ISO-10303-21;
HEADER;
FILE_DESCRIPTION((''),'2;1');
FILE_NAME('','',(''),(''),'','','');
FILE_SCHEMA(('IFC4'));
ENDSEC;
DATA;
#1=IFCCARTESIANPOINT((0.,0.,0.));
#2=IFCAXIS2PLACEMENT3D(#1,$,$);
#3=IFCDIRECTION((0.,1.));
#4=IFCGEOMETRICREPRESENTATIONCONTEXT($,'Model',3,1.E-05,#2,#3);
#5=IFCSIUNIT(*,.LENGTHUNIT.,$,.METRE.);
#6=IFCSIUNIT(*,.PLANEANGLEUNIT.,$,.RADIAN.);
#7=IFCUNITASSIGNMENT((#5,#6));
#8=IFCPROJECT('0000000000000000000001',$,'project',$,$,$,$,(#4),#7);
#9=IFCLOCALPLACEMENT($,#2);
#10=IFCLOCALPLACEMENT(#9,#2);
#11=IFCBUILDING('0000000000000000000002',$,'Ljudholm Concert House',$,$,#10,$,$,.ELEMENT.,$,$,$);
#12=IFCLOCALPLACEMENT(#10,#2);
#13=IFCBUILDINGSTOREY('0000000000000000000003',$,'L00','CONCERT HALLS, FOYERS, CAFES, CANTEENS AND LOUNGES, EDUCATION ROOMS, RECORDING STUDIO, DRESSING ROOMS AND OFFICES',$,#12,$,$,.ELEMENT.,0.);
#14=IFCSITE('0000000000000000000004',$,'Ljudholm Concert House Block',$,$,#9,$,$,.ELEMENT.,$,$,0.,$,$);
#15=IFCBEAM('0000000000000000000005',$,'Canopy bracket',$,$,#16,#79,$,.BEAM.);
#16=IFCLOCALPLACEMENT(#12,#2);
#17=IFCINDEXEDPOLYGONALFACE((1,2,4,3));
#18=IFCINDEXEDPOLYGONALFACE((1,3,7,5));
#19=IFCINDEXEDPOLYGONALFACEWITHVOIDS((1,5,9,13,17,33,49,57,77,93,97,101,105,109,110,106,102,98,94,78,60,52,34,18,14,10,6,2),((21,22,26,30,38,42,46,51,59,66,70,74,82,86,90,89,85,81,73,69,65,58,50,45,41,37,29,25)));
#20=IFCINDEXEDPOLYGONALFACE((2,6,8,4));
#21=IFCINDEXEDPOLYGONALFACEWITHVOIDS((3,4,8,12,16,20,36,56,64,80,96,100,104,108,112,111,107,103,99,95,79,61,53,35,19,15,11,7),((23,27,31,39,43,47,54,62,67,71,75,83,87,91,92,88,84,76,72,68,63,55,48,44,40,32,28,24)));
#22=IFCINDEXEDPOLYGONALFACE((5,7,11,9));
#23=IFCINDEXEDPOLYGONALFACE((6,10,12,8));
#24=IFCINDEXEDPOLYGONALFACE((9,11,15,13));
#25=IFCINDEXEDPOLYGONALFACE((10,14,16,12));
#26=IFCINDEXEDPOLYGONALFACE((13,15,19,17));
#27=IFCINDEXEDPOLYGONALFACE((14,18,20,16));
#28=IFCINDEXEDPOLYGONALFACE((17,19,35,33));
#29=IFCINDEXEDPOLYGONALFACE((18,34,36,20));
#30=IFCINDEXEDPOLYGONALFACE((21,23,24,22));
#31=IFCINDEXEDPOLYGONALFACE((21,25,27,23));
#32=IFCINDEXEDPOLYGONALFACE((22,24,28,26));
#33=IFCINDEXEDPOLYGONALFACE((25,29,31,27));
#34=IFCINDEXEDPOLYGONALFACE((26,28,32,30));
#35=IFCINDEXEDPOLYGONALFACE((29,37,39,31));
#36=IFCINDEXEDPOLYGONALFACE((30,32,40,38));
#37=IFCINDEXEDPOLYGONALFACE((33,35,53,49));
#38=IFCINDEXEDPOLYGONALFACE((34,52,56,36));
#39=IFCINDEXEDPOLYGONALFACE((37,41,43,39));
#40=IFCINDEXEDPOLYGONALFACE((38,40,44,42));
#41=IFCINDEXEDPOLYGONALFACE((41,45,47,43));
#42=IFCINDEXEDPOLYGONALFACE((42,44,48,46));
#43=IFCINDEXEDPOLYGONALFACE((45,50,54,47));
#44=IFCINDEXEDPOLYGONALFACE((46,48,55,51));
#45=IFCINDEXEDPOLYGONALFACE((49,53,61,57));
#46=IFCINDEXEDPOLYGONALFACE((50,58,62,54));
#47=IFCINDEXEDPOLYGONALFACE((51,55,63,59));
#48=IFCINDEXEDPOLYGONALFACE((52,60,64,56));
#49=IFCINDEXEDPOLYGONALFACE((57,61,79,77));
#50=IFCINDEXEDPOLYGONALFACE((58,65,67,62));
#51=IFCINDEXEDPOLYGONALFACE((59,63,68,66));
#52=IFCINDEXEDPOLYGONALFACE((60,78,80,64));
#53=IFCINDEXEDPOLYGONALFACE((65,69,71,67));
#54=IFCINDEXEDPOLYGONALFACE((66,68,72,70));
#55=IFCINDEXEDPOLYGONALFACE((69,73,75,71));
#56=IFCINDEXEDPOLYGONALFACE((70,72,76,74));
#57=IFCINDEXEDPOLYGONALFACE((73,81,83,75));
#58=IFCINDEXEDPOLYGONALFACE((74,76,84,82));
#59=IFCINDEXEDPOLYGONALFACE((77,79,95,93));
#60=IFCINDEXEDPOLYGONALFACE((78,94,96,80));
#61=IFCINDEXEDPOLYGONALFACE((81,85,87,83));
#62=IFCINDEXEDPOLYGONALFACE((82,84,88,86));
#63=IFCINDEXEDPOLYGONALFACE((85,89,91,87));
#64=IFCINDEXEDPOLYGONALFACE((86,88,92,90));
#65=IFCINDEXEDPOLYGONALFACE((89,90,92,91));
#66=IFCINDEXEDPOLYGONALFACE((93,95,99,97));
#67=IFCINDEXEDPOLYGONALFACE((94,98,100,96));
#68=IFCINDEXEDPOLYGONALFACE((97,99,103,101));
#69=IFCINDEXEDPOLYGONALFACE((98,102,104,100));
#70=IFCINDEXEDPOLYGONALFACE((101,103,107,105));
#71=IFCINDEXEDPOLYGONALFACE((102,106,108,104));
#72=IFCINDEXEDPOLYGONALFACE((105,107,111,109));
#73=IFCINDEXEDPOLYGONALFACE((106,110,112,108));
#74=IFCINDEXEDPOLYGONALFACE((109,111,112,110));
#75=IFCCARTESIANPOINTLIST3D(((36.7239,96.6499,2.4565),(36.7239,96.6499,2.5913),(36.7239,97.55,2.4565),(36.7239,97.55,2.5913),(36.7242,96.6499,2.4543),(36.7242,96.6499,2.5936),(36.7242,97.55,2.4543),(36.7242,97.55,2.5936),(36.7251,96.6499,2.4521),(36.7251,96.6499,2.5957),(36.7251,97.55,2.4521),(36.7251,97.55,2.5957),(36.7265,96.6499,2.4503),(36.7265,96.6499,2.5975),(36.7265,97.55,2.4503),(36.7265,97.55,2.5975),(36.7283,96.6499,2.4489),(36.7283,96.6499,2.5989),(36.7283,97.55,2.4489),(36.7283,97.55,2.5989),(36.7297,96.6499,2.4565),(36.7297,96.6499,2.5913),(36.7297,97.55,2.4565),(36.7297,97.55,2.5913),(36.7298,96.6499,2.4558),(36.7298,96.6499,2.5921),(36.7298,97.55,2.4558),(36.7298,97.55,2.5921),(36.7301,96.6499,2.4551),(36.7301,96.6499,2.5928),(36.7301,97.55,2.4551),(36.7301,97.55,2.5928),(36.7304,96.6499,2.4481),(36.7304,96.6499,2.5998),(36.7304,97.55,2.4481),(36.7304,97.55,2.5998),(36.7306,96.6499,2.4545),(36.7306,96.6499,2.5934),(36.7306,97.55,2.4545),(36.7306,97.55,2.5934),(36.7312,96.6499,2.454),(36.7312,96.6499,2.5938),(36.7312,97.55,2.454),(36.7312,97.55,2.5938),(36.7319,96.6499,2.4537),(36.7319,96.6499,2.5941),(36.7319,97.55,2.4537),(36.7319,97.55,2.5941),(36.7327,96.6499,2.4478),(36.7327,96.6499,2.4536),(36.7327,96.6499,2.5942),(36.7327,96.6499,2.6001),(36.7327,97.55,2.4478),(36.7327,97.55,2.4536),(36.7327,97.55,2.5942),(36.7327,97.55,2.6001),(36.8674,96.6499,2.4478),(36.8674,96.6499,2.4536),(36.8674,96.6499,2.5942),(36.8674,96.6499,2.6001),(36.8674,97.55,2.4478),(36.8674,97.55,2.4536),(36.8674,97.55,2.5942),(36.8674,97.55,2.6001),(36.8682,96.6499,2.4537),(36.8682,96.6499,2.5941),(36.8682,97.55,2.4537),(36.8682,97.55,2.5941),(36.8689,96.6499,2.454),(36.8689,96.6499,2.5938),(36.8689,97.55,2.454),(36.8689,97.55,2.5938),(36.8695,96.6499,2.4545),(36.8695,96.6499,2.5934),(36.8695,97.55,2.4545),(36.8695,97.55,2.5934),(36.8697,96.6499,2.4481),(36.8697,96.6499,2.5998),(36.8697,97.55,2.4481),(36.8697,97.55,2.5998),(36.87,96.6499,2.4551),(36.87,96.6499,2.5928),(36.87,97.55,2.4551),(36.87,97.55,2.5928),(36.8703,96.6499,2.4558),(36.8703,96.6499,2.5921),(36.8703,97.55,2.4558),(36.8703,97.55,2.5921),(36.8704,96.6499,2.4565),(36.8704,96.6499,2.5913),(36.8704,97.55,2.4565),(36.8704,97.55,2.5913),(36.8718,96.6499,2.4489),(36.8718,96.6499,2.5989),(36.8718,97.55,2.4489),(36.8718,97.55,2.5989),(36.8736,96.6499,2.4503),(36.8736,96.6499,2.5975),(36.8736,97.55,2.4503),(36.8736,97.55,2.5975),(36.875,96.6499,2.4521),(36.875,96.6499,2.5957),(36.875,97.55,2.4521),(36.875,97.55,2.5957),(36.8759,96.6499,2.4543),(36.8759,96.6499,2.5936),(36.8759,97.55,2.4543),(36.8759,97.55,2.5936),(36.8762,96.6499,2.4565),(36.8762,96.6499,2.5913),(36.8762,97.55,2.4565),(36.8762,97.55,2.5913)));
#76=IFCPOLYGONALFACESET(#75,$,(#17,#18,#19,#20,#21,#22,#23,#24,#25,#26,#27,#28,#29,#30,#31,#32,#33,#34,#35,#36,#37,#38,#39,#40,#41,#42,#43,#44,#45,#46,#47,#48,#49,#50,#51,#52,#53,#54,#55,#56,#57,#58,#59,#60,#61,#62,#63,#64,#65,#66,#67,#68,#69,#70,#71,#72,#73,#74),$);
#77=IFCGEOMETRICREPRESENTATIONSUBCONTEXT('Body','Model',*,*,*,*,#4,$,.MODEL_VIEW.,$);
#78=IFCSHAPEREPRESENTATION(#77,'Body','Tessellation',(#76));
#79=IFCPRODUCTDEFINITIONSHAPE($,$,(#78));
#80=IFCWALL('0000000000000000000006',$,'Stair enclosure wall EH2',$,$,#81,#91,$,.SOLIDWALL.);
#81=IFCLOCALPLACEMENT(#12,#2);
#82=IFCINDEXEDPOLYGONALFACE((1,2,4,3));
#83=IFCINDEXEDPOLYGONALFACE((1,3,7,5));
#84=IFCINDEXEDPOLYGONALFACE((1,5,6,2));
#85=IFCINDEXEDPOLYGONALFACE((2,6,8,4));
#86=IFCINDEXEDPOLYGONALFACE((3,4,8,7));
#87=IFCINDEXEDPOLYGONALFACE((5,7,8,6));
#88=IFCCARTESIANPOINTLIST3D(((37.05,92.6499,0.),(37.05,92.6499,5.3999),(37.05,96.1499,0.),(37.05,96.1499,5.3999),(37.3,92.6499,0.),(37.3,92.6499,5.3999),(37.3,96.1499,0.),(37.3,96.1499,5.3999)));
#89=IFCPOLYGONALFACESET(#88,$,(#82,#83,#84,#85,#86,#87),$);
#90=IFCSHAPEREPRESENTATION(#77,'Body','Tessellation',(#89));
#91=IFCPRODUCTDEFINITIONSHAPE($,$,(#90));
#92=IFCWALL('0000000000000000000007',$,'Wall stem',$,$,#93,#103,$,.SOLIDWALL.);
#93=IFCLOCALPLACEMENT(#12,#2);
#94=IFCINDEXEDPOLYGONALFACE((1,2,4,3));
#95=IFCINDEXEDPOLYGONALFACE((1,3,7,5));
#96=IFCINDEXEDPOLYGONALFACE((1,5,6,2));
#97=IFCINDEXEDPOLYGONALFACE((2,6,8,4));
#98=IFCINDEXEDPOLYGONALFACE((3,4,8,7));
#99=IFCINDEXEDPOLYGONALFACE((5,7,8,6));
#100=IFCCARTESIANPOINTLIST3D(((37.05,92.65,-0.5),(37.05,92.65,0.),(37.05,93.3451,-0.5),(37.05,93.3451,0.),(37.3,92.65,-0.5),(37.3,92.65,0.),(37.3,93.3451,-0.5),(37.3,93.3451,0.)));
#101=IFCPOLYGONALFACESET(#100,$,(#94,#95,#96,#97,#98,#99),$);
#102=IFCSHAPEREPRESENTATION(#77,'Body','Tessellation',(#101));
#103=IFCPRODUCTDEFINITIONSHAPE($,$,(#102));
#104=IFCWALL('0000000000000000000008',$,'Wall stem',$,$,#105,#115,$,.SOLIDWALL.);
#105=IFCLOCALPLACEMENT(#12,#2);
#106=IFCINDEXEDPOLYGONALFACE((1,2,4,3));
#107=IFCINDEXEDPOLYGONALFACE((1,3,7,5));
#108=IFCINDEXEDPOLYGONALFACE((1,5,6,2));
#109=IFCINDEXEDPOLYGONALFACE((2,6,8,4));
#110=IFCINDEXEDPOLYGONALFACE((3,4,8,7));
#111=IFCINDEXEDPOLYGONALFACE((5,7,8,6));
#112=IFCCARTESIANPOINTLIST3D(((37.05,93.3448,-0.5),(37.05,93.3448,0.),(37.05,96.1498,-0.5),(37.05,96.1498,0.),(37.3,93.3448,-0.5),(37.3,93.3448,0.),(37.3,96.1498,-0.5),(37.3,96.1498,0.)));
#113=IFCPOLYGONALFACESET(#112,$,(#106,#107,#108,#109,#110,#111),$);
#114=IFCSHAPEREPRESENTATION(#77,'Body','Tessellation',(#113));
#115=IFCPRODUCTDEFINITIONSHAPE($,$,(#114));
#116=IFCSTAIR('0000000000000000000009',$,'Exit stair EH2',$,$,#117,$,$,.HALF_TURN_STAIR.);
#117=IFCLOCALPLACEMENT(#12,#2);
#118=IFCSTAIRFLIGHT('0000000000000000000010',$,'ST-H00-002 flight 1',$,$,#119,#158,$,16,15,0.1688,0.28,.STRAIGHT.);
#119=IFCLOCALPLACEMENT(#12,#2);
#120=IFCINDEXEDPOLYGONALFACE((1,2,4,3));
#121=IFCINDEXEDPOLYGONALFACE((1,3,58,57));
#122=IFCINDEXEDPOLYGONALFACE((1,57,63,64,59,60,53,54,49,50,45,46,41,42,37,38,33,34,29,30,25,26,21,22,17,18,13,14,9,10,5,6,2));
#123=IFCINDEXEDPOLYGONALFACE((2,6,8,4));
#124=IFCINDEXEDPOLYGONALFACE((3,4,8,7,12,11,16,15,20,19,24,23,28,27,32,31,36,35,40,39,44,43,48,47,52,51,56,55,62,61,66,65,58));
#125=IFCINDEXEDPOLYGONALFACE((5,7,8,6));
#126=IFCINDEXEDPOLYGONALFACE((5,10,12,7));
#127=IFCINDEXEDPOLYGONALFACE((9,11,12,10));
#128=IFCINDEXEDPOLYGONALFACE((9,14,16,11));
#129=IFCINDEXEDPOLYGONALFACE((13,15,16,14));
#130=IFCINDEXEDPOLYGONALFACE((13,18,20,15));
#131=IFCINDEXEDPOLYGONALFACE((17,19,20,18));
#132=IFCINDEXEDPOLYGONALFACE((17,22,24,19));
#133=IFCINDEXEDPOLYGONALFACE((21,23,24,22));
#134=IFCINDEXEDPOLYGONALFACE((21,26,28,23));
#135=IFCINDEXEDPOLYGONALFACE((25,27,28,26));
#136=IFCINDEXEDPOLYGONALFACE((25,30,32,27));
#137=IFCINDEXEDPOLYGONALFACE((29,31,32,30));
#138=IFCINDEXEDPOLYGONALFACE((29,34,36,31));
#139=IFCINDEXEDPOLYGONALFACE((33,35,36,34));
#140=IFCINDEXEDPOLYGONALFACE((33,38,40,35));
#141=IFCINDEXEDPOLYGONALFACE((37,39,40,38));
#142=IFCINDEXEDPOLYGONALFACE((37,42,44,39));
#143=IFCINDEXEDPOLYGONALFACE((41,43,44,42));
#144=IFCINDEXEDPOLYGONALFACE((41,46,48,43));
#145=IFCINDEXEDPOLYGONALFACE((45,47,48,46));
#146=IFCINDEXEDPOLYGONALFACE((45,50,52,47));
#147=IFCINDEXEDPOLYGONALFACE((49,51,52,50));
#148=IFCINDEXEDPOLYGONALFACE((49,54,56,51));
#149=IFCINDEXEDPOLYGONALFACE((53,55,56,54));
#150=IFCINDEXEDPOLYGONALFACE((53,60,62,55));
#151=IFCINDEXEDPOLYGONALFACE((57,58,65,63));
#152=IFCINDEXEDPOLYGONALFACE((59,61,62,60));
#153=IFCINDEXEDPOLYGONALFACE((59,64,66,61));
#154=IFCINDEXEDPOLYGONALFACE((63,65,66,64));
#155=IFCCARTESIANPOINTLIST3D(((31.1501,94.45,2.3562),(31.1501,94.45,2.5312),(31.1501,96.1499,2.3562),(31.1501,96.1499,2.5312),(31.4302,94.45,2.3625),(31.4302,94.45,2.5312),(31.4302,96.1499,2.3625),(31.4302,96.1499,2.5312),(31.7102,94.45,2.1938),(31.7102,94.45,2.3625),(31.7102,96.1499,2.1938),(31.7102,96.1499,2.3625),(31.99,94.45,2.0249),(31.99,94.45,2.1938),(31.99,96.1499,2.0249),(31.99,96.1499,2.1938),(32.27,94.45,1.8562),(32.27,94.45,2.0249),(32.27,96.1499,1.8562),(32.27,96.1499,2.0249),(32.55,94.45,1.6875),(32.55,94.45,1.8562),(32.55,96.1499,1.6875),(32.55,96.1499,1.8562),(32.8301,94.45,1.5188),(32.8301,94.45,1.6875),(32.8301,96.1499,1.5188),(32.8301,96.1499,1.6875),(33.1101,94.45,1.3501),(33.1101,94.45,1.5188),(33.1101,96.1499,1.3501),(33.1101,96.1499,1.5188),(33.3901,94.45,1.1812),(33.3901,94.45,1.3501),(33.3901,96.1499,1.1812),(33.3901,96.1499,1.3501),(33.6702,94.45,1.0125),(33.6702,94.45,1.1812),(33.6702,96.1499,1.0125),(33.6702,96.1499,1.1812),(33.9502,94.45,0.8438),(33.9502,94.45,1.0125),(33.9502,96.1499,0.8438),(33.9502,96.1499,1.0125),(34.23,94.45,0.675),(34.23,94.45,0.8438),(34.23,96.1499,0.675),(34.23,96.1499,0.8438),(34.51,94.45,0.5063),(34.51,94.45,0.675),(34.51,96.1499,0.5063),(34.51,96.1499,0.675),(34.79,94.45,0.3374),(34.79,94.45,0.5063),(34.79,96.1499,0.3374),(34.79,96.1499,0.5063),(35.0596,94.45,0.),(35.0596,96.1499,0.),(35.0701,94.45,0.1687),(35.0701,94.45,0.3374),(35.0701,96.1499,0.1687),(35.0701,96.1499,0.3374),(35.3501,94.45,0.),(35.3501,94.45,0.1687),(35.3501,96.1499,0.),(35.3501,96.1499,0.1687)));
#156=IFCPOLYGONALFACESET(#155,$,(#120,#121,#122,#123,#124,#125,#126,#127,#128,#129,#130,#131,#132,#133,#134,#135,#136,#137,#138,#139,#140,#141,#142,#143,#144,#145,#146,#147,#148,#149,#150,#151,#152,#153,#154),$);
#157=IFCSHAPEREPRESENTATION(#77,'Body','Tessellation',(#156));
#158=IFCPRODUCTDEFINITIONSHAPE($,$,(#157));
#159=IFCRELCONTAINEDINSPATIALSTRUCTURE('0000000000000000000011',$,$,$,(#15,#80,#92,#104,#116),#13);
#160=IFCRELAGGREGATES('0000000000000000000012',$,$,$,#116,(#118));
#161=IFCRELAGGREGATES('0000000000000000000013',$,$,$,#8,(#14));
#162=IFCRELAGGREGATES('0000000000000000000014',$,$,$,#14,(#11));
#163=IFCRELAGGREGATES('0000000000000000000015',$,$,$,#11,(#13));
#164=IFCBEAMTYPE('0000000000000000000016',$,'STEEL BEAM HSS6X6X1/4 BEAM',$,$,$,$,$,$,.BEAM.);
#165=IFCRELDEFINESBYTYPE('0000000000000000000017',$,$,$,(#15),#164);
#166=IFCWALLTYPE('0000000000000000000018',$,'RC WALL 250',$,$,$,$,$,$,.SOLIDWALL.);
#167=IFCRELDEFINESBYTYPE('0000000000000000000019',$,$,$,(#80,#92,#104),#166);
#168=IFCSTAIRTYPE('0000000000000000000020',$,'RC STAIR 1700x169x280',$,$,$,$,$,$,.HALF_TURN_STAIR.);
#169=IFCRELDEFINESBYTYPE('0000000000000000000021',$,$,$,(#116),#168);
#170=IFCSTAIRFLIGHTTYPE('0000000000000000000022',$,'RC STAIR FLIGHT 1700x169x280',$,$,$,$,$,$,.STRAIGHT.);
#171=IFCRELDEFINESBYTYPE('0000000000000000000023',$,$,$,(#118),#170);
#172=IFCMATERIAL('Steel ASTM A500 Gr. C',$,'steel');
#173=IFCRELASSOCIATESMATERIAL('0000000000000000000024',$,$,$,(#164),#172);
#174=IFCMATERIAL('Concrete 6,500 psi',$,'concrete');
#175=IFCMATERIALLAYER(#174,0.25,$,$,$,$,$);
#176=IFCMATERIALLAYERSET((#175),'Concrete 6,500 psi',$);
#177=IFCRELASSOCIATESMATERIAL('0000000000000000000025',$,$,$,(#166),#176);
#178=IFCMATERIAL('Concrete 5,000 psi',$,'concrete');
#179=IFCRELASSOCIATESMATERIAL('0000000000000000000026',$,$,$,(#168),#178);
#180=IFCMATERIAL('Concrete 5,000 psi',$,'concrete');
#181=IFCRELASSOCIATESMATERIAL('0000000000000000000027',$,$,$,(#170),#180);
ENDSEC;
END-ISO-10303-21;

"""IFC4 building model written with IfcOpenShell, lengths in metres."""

from ifc_helpers import new_model, si_unit, direction, frame, frame_2d, origin, origin_2d, place, context, subcontext, project, spatial, polyline, rectangle, hollow_rectangle, outline, extrude, material, layer, layer_set, material_profile, profile_set, type_object, element, aggregate, save


model = new_model("IFC4")

# Units and contexts
model_context = context("Model", 3, precision=1e-05, world=origin(), true_north=direction((0.0, 1.0)))
body_context = subcontext(model_context, "Body", "Model", "MODEL_VIEW")
ifc_project = project(units=[si_unit("LENGTHUNIT", "METRE"), si_unit("PLANEANGLEUNIT", "RADIAN")], contexts=[model_context])

# Site, building, storey
site_placement = place(None, origin())
site = spatial("IfcSite", under=ifc_project, at=site_placement, Name="Ljudholm Concert House Block", CompositionType="ELEMENT", RefElevation=0.0)
building_placement = place(site_placement, origin())
building = spatial("IfcBuilding", under=site, at=building_placement, Name="Ljudholm Concert House", CompositionType="ELEMENT")
storey_placement = place(building_placement, origin())
storey = spatial("IfcBuildingStorey", under=building, at=storey_placement, Name="L00", Description="CONCERT HALLS, FOYERS, CAFES, CANTEENS AND LOUNGES, EDUCATION ROOMS, RECORDING STUDIO, DRESSING ROOMS AND OFFICES", CompositionType="ELEMENT", Elevation=0.0)

# Beam
ifc_material_1 = material(Name="Steel ASTM A500 Gr. C", Category="steel")
ifc_material_profile_1 = material_profile(ifc_material_1, hollow_rectangle(XDim=0.1523, YDim=0.1523, WallThickness=0.0059, InnerFilletRadius=0.0029, OuterFilletRadius=0.0088, at=origin_2d()), Name="HSS6X6X1/4")
ifc_profile_set_1 = profile_set([ifc_material_profile_1], Name="Steel ASTM A500 Gr. C")
beam_type = type_object("IfcBeamType", Name="STEEL BEAM HSS6X6X1/4 BEAM", PredefinedType="BEAM", material=ifc_profile_set_1)
for number, where, z_axis, x_axis, name in (
    (1, (36.8, 96.6499, 2.5239), (0.0, 1.0, 0.0), (-1.0, 0.0, 0.0), "Canopy bracket"),
):
    element("IfcBeam", number, at=place(storey_placement, frame(where, z_axis=z_axis, x_axis=x_axis)), inside=storey, type_object=beam_type, Name=name, PredefinedType="BEAM", context=body_context, shape_type="SweptSolid", body=[
        extrude(hollow_rectangle(XDim=0.1523, YDim=0.1523, WallThickness=0.0059, InnerFilletRadius=0.0029, OuterFilletRadius=0.0088, at=origin_2d()), origin(), (0.0, 0.0, 1.0), 0.9001),
    ])

# Walls
ifc_material_2 = material(Name="Concrete 6,500 psi", Category="concrete")
ifc_layer = layer(ifc_material_2, 0.25)
ifc_layer_set = layer_set([ifc_layer], Name="Concrete 6,500 psi")
wall_type = type_object("IfcWallType", Name="RC WALL 250", PredefinedType="SOLIDWALL", material=ifc_layer_set)
wall_1_placement = place(storey_placement, frame((37.175, 92.6499, 0.0), z_axis=(0.0, 0.0, 1.0), x_axis=(0.0, 1.0, 0.0)))
element("IfcWall", 2, at=wall_1_placement, inside=storey, type_object=wall_type, Name="Stair enclosure wall EH2", PredefinedType="SOLIDWALL", context=body_context, shape_type="SweptSolid", body=[
    extrude(rectangle(XDim=3.5, YDim=0.25, at=frame_2d((1.75, 0.0))), origin(), (0.0, 0.0, 1.0), 5.3999),
])
wall_2_placement = place(storey_placement, frame((37.175, 92.6499, -0.5), z_axis=(0.0, 0.0, 1.0), x_axis=(0.0, 1.0, 0.0)))
element("IfcWall", 3, at=wall_2_placement, inside=storey, type_object=wall_type, Name="Wall stem", PredefinedType="SOLIDWALL", context=body_context, shape_type="SweptSolid", body=[
    extrude(rectangle(XDim=0.6951, YDim=0.25, at=frame_2d((0.3477, 0.0))), origin(), (0.0, 0.0, 1.0), 0.5),
])
wall_3_placement = place(storey_placement, frame((37.175, 93.345, -0.5), z_axis=(0.0, 0.0, 1.0), x_axis=(0.0, 1.0, 0.0)))
element("IfcWall", 4, at=wall_3_placement, inside=storey, type_object=wall_type, Name="Wall stem", PredefinedType="SOLIDWALL", context=body_context, shape_type="SweptSolid", body=[
    extrude(rectangle(XDim=2.8049, YDim=0.25, at=frame_2d((1.4023, 0.0))), origin(), (0.0, 0.0, 1.0), 0.5),
])

# Stair, stair flight
ifc_material_3 = material(Name="Concrete 5,000 psi", Category="concrete")
stair_type = type_object("IfcStairType", Name="RC STAIR 1700x169x280", PredefinedType="HALF_TURN_STAIR", material=ifc_material_3)
stair_placement = place(storey_placement, origin())
stair = element("IfcStair", 5, at=stair_placement, inside=storey, type_object=stair_type, Name="Exit stair EH2", PredefinedType="HALF_TURN_STAIR")
ifc_material_4 = material(Name="Concrete 5,000 psi", Category="concrete")
stair_flight_type = type_object("IfcStairFlightType", Name="RC STAIR FLIGHT 1700x169x280", PredefinedType="STRAIGHT", material=ifc_material_4)
stair_flight_1_placement = place(storey_placement, frame((35.3501, 95.3, 0.0), z_axis=(0.0, 0.0, 1.0), x_axis=(-1.0, 0.0, 0.0)))
stair_flight_1 = element("IfcStairFlight", 6, at=stair_flight_1_placement, type_object=stair_flight_type, Name="ST-H00-002 flight 1", NumberOfRisers=16, NumberOfTreads=15, PredefinedType="STRAIGHT", RiserHeight=0.1688, TreadLength=0.28, context=body_context, shape_type="SweptSolid", body=[
    extrude(outline(polyline([(0.0, 0.0), (0.0, 0.1687), (0.28, 0.1687), (0.28, 0.3374), (0.5601, 0.3374), (0.5601, 0.5063), (0.8401, 0.5063), (0.8401, 0.675), (1.1201, 0.675), (1.1201, 0.8438), (1.3999, 0.8438), (1.3999, 1.0125), (1.6799, 1.0125), (1.6799, 1.1812), (1.96, 1.1812), (1.96, 1.3501), (2.24, 1.3501), (2.24, 1.5188), (2.52, 1.5188), (2.52, 1.6875), (2.8, 1.6875), (2.8, 1.8562), (3.0801, 1.8562), (3.0801, 2.0249), (3.3601, 2.0249), (3.3601, 2.1938), (3.6399, 2.1938), (3.6399, 2.3625), (3.9199, 2.3625), (3.9199, 2.5312), (4.2, 2.5312), (4.2, 2.7), (4.2, 2.3562), (0.2905, 0.0), (0.0, 0.0)])), frame((0.0, 0.8501, 0.0), z_axis=(0.0, -1.0, 0.0), x_axis=(1.0, 0.0, 0.0)), (0.0, 0.0, 1.0), 1.7),
])
aggregate(stair, [stair_flight_1])

save(model, "model.ifc")
